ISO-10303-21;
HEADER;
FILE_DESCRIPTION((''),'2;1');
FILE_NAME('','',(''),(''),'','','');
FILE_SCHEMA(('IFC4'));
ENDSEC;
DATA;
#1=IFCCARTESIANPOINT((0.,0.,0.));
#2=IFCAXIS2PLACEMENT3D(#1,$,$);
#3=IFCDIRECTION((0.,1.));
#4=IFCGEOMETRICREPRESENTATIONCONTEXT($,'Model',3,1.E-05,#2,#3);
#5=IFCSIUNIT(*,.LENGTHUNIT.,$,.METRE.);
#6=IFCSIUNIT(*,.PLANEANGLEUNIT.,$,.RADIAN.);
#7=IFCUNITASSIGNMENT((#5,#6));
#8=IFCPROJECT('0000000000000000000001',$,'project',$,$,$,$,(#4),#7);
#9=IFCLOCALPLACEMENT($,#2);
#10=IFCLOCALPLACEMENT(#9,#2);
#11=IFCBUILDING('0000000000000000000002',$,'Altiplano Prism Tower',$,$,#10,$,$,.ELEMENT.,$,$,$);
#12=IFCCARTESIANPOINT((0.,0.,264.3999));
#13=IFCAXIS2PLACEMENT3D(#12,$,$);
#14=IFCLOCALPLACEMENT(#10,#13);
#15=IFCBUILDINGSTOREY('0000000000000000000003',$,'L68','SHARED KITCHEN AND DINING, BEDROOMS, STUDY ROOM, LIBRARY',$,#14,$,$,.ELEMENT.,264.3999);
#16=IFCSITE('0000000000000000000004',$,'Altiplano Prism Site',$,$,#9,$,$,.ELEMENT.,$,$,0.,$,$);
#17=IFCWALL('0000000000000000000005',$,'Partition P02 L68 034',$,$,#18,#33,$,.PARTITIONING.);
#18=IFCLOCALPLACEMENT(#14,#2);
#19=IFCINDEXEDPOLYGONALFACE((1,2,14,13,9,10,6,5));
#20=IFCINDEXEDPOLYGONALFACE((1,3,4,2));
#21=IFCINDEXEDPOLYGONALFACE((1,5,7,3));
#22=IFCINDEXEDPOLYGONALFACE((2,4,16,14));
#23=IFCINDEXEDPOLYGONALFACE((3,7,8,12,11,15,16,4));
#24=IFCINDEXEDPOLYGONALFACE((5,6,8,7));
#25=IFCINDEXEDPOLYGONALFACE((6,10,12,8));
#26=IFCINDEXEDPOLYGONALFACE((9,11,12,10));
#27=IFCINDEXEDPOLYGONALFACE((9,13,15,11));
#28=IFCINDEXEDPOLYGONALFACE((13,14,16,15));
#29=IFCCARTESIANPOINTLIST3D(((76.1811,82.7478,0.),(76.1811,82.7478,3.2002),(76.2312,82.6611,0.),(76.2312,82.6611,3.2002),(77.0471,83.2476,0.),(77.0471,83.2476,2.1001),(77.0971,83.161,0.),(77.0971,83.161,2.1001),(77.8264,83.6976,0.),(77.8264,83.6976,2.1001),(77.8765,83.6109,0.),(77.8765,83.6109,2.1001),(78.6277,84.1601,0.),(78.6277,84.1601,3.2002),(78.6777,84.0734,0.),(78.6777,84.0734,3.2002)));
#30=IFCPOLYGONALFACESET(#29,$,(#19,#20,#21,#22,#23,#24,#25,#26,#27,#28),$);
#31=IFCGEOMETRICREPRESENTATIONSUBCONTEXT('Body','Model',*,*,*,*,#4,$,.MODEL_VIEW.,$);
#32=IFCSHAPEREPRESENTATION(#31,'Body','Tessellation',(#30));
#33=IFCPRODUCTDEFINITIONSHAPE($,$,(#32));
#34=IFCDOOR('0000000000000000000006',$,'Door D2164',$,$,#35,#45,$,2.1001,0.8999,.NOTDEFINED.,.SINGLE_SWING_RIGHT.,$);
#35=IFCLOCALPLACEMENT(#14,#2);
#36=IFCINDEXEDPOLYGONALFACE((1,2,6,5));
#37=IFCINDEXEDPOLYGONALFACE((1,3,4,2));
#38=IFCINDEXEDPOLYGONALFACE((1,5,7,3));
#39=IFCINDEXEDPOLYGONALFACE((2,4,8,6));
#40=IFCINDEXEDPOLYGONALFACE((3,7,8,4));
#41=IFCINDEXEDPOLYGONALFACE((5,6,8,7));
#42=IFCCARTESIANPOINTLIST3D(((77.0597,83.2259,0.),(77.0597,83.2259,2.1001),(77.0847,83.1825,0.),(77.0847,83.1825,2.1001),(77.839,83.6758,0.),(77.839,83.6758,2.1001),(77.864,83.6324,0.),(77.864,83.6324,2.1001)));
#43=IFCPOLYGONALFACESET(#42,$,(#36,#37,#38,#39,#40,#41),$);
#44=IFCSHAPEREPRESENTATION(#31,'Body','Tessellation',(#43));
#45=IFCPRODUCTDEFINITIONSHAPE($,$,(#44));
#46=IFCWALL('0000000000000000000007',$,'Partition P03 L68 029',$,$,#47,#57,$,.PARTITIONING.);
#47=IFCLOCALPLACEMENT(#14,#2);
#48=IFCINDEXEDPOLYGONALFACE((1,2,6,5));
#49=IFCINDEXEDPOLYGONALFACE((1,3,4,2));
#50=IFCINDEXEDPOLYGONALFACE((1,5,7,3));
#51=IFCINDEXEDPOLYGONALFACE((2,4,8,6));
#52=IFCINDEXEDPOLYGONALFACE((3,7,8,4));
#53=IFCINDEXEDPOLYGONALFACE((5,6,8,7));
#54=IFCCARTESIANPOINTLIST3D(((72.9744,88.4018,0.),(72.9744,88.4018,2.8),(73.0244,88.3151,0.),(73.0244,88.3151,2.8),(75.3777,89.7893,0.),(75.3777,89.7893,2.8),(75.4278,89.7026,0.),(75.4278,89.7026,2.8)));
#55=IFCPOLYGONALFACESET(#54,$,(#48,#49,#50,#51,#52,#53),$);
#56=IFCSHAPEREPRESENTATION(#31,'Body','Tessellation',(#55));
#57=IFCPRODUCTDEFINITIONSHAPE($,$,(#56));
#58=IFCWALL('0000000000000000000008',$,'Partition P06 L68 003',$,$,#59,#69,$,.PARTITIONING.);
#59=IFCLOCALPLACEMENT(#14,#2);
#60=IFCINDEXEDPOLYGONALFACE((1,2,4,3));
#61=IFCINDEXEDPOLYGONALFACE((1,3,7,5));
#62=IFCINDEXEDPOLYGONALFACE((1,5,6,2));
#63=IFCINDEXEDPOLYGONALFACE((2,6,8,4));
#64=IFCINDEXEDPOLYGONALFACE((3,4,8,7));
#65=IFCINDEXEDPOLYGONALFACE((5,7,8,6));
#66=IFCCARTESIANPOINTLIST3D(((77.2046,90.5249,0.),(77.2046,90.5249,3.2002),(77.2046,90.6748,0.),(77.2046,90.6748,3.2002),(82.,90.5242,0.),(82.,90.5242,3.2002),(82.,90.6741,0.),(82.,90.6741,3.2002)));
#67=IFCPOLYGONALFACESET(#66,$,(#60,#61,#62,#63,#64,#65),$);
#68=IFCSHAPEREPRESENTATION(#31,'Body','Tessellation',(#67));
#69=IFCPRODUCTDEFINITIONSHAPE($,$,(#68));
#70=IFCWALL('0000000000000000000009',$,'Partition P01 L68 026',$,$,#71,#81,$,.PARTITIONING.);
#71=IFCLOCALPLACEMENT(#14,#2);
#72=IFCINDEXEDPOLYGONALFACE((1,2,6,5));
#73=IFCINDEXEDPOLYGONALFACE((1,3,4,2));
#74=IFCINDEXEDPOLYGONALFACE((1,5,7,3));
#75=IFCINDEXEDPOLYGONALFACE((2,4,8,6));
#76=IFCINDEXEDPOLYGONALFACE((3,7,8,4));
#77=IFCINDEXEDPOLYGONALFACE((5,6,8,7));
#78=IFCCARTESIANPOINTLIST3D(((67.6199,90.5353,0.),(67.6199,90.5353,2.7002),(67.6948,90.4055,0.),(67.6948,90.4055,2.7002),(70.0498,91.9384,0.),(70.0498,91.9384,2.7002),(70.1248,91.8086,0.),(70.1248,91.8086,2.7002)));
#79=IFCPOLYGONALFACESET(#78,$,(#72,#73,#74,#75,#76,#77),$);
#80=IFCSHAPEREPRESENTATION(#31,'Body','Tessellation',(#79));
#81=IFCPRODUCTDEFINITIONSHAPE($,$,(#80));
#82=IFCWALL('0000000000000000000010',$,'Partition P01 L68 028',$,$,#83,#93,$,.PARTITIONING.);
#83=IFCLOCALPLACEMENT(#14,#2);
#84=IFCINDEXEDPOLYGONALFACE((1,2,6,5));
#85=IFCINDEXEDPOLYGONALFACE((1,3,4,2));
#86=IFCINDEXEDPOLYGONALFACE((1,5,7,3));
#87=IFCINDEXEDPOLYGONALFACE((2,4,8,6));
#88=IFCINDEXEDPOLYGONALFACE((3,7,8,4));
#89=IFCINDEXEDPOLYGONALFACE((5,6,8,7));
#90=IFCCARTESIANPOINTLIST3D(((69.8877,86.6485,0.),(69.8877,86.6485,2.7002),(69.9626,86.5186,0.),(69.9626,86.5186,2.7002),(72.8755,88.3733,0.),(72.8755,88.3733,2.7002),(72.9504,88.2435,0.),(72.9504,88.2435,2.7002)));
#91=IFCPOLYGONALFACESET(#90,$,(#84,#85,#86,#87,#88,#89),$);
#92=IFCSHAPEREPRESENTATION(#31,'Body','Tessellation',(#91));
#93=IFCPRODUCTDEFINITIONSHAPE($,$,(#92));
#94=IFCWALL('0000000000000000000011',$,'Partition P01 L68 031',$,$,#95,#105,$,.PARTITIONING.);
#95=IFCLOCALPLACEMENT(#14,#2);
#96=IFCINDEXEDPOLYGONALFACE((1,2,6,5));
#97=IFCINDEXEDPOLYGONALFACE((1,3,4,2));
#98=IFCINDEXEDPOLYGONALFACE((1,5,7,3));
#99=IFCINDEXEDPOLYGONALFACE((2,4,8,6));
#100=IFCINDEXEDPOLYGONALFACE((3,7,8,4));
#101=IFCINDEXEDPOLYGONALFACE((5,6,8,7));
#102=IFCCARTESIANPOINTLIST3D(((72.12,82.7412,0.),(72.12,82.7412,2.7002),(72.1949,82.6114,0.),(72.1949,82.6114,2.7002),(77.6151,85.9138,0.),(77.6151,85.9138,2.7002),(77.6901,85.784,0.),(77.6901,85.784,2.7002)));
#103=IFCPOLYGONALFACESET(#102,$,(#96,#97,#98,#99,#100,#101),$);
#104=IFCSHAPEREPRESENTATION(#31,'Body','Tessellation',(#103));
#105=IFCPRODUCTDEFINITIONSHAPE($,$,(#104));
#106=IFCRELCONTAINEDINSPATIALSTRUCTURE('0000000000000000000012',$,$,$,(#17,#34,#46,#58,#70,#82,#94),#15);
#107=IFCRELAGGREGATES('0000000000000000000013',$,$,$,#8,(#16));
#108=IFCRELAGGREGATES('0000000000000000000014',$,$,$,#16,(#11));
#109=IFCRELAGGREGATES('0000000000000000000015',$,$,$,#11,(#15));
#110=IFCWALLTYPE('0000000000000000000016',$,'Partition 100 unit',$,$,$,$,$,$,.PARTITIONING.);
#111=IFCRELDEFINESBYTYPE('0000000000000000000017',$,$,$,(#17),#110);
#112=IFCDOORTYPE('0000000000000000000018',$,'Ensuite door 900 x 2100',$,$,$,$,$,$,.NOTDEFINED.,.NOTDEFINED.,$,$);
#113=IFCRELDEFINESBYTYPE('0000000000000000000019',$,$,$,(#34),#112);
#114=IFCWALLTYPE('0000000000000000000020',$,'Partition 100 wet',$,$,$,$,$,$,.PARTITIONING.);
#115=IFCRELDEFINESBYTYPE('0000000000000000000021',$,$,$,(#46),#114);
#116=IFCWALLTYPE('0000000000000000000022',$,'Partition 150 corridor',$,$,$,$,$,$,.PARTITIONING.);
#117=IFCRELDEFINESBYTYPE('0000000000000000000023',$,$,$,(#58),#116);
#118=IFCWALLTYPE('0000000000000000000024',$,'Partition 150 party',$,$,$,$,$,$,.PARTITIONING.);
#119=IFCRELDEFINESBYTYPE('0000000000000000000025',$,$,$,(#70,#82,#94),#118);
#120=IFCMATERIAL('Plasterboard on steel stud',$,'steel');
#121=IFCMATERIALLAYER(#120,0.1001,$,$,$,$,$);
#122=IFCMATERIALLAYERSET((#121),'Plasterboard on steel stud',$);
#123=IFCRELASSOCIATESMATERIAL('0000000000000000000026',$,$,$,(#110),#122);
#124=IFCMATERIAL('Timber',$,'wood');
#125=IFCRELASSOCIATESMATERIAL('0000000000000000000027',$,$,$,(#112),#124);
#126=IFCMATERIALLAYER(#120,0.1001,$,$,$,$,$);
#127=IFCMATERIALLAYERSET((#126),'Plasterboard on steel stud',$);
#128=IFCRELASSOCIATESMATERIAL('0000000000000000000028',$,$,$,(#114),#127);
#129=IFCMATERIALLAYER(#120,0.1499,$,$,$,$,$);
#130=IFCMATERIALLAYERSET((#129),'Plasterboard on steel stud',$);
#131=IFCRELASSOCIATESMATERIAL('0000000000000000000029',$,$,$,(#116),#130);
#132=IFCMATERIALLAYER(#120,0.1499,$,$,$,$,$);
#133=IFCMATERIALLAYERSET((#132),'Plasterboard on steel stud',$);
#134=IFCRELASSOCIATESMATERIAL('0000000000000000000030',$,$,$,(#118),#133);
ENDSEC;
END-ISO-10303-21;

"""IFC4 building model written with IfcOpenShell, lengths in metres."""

from ifc_helpers import new_model, si_unit, direction, frame, frame_2d, origin, place, context, subcontext, project, spatial, rectangle, extrude, material, layer, layer_set, type_object, element, fill, save


model = new_model("IFC4")

# Units and contexts
model_context = context("Model", 3, precision=1e-05, world=origin(), true_north=direction((0.0, 1.0)))
body_context = subcontext(model_context, "Body", "Model", "MODEL_VIEW")
ifc_project = project(units=[si_unit("LENGTHUNIT", "METRE"), si_unit("PLANEANGLEUNIT", "RADIAN")], contexts=[model_context])

# Site, building, storey
site_placement = place(None, origin())
site = spatial("IfcSite", under=ifc_project, at=site_placement, Name="Altiplano Prism Site", CompositionType="ELEMENT", RefElevation=0.0)
building_placement = place(site_placement, origin())
building = spatial("IfcBuilding", under=site, at=building_placement, Name="Altiplano Prism Tower", CompositionType="ELEMENT")
storey_placement = place(building_placement, frame((0.0, 0.0, 264.3999)))
storey = spatial("IfcBuildingStorey", under=building, at=storey_placement, Name="L68", Description="SHARED KITCHEN AND DINING, BEDROOMS, STUDY ROOM, LIBRARY", CompositionType="ELEMENT", Elevation=264.3999)

# Shared definitions
ifc_material_1 = material(Name="Plasterboard on steel stud", Category="steel")
ifc_layer_1 = layer(ifc_material_1, 0.1001)
ifc_layer_set_1 = layer_set([ifc_layer_1], Name="Plasterboard on steel stud")
wall_type_1 = type_object("IfcWallType", Name="Partition 100 unit", PredefinedType="PARTITIONING", material=ifc_layer_set_1)
ifc_material_2 = material(Name="Timber", Category="wood")
door_type = type_object("IfcDoorType", Name="Ensuite door 900 x 2100", OperationType="NOTDEFINED", PredefinedType="NOTDEFINED", material=ifc_material_2)

# Wall, opening, door
wall_1_placement = place(storey_placement, frame((76.2061, 82.7043, 0.0), z_axis=(0.0, 0.0, 1.0), x_axis=(0.866049, 0.499959, 0.0)))
wall_1 = element("IfcWall", 1, at=wall_1_placement, inside=storey, type_object=wall_type_1, Name="Partition P02 L68 034", PredefinedType="PARTITIONING", context=body_context, shape_type="SweptSolid", body=[
    extrude(rectangle(XDim=2.825, YDim=0.1001, at=frame_2d((1.4126, 0.0))), origin(), (0.0, 0.0, 1.0), 3.2002),
])
opening_1_placement = place(wall_1_placement, frame((1.0, 0.0, 0.0)))
opening_1 = element("IfcOpeningElement", 2, at=opening_1_placement, cuts=wall_1, PredefinedType="OPENING", context=body_context, shape_type="SweptSolid", body=[
    extrude(rectangle(XDim=0.8999, YDim=2.1001, at=frame_2d((0.45, 1.05))), frame((0.0, 0.0605, 0.0), z_axis=(0.0, -1.0, 0.0), x_axis=(1.0, 0.0, 0.0)), (0.0, 0.0, 1.0), 0.1211),
])
door_1_placement = place(opening_1_placement, origin())
door_1 = element("IfcDoor", 3, at=door_1_placement, inside=storey, type_object=door_type, Name="Door D2164", OperationType="SINGLE_SWING_RIGHT", OverallHeight=2.1001, OverallWidth=0.8999, PredefinedType="NOTDEFINED", context=body_context, shape_type="SweptSolid", body=[
    extrude(rectangle(XDim=0.8999, YDim=2.1001, at=frame_2d((0.45, 1.05))), frame((0.0, 0.0249, 0.0), z_axis=(0.0, -1.0, 0.0), x_axis=(1.0, 0.0, 0.0)), (0.0, 0.0, 1.0), 0.05),
])
fill(opening_1, door_1)

# Walls
ifc_layer_2 = layer(ifc_material_1, 0.1001)
ifc_layer_set_2 = layer_set([ifc_layer_2], Name="Plasterboard on steel stud")
wall_type_2 = type_object("IfcWallType", Name="Partition 100 wet", PredefinedType="PARTITIONING", material=ifc_layer_set_2)
wall_2_placement = place(storey_placement, frame((72.9993, 88.3584, 0.0), z_axis=(0.0, 0.0, 1.0), x_axis=(0.866042, 0.499971, 0.0)))
element("IfcWall", 4, at=wall_2_placement, inside=storey, type_object=wall_type_2, Name="Partition P03 L68 029", PredefinedType="PARTITIONING", context=body_context, shape_type="SweptSolid", body=[
    extrude(rectangle(XDim=2.7751, YDim=0.1001, at=frame_2d((1.3877, 0.0))), origin(), (0.0, 0.0, 1.0), 2.8),
])
ifc_layer_3 = layer(ifc_material_1, 0.1499)
ifc_layer_set_3 = layer_set([ifc_layer_3], Name="Plasterboard on steel stud")
wall_type_3 = type_object("IfcWallType", Name="Partition 150 corridor", PredefinedType="PARTITIONING", material=ifc_layer_set_3)
wall_3_placement = place(storey_placement, frame((77.2046, 90.5999, 0.0), z_axis=(0.0, 0.0, 1.0), x_axis=(1.0, -0.000153, 0.0)))
element("IfcWall", 5, at=wall_3_placement, inside=storey, type_object=wall_type_3, Name="Partition P06 L68 003", PredefinedType="PARTITIONING", context=body_context, shape_type="SweptSolid", body=[
    extrude(rectangle(XDim=4.7954, YDim=0.1499, at=frame_2d((2.3977, 0.0))), origin(), (0.0, 0.0, 1.0), 3.2002),
])
ifc_layer_4 = layer(ifc_material_1, 0.1499)
ifc_layer_set_4 = layer_set([ifc_layer_4], Name="Plasterboard on steel stud")
wall_type_4 = type_object("IfcWallType", Name="Partition 150 party", PredefinedType="PARTITIONING", material=ifc_layer_set_4)
wall_4_placement = place(storey_placement, frame((67.6575, 90.4705, 0.0), z_axis=(0.0, 0.0, 1.0), x_axis=(0.866002, 0.500041, 0.0)))
element("IfcWall", 6, at=wall_4_placement, inside=storey, type_object=wall_type_4, Name="Partition P01 L68 026", PredefinedType="PARTITIONING", context=body_context, shape_type="SweptSolid", body=[
    extrude(rectangle(XDim=2.8059, YDim=0.1499, at=frame_2d((1.4028, 0.0))), origin(), (0.0, 0.0, 1.0), 2.7002),
])
wall_5_placement = place(storey_placement, frame((69.925, 86.5835, 0.0), z_axis=(0.0, 0.0, 1.0), x_axis=(0.866044, 0.499967, 0.0)))
element("IfcWall", 7, at=wall_5_placement, inside=storey, type_object=wall_type_4, Name="Partition P01 L68 028", PredefinedType="PARTITIONING", context=body_context, shape_type="SweptSolid", body=[
    extrude(rectangle(XDim=3.45, YDim=0.1499, at=frame_2d((1.7251, 0.0))), origin(), (0.0, 0.0, 1.0), 2.7002),
])
wall_6_placement = place(storey_placement, frame((72.1575, 82.6763, 0.0), z_axis=(0.0, 0.0, 1.0), x_axis=(0.866025, 0.5, 0.0)))
element("IfcWall", 8, at=wall_6_placement, inside=storey, type_object=wall_type_4, Name="Partition P01 L68 031", PredefinedType="PARTITIONING", context=body_context, shape_type="SweptSolid", body=[
    extrude(rectangle(XDim=6.3452, YDim=0.1499, at=frame_2d((3.1726, 0.0))), origin(), (0.0, 0.0, 1.0), 2.7002),
])

save(model, "model.ifc")
